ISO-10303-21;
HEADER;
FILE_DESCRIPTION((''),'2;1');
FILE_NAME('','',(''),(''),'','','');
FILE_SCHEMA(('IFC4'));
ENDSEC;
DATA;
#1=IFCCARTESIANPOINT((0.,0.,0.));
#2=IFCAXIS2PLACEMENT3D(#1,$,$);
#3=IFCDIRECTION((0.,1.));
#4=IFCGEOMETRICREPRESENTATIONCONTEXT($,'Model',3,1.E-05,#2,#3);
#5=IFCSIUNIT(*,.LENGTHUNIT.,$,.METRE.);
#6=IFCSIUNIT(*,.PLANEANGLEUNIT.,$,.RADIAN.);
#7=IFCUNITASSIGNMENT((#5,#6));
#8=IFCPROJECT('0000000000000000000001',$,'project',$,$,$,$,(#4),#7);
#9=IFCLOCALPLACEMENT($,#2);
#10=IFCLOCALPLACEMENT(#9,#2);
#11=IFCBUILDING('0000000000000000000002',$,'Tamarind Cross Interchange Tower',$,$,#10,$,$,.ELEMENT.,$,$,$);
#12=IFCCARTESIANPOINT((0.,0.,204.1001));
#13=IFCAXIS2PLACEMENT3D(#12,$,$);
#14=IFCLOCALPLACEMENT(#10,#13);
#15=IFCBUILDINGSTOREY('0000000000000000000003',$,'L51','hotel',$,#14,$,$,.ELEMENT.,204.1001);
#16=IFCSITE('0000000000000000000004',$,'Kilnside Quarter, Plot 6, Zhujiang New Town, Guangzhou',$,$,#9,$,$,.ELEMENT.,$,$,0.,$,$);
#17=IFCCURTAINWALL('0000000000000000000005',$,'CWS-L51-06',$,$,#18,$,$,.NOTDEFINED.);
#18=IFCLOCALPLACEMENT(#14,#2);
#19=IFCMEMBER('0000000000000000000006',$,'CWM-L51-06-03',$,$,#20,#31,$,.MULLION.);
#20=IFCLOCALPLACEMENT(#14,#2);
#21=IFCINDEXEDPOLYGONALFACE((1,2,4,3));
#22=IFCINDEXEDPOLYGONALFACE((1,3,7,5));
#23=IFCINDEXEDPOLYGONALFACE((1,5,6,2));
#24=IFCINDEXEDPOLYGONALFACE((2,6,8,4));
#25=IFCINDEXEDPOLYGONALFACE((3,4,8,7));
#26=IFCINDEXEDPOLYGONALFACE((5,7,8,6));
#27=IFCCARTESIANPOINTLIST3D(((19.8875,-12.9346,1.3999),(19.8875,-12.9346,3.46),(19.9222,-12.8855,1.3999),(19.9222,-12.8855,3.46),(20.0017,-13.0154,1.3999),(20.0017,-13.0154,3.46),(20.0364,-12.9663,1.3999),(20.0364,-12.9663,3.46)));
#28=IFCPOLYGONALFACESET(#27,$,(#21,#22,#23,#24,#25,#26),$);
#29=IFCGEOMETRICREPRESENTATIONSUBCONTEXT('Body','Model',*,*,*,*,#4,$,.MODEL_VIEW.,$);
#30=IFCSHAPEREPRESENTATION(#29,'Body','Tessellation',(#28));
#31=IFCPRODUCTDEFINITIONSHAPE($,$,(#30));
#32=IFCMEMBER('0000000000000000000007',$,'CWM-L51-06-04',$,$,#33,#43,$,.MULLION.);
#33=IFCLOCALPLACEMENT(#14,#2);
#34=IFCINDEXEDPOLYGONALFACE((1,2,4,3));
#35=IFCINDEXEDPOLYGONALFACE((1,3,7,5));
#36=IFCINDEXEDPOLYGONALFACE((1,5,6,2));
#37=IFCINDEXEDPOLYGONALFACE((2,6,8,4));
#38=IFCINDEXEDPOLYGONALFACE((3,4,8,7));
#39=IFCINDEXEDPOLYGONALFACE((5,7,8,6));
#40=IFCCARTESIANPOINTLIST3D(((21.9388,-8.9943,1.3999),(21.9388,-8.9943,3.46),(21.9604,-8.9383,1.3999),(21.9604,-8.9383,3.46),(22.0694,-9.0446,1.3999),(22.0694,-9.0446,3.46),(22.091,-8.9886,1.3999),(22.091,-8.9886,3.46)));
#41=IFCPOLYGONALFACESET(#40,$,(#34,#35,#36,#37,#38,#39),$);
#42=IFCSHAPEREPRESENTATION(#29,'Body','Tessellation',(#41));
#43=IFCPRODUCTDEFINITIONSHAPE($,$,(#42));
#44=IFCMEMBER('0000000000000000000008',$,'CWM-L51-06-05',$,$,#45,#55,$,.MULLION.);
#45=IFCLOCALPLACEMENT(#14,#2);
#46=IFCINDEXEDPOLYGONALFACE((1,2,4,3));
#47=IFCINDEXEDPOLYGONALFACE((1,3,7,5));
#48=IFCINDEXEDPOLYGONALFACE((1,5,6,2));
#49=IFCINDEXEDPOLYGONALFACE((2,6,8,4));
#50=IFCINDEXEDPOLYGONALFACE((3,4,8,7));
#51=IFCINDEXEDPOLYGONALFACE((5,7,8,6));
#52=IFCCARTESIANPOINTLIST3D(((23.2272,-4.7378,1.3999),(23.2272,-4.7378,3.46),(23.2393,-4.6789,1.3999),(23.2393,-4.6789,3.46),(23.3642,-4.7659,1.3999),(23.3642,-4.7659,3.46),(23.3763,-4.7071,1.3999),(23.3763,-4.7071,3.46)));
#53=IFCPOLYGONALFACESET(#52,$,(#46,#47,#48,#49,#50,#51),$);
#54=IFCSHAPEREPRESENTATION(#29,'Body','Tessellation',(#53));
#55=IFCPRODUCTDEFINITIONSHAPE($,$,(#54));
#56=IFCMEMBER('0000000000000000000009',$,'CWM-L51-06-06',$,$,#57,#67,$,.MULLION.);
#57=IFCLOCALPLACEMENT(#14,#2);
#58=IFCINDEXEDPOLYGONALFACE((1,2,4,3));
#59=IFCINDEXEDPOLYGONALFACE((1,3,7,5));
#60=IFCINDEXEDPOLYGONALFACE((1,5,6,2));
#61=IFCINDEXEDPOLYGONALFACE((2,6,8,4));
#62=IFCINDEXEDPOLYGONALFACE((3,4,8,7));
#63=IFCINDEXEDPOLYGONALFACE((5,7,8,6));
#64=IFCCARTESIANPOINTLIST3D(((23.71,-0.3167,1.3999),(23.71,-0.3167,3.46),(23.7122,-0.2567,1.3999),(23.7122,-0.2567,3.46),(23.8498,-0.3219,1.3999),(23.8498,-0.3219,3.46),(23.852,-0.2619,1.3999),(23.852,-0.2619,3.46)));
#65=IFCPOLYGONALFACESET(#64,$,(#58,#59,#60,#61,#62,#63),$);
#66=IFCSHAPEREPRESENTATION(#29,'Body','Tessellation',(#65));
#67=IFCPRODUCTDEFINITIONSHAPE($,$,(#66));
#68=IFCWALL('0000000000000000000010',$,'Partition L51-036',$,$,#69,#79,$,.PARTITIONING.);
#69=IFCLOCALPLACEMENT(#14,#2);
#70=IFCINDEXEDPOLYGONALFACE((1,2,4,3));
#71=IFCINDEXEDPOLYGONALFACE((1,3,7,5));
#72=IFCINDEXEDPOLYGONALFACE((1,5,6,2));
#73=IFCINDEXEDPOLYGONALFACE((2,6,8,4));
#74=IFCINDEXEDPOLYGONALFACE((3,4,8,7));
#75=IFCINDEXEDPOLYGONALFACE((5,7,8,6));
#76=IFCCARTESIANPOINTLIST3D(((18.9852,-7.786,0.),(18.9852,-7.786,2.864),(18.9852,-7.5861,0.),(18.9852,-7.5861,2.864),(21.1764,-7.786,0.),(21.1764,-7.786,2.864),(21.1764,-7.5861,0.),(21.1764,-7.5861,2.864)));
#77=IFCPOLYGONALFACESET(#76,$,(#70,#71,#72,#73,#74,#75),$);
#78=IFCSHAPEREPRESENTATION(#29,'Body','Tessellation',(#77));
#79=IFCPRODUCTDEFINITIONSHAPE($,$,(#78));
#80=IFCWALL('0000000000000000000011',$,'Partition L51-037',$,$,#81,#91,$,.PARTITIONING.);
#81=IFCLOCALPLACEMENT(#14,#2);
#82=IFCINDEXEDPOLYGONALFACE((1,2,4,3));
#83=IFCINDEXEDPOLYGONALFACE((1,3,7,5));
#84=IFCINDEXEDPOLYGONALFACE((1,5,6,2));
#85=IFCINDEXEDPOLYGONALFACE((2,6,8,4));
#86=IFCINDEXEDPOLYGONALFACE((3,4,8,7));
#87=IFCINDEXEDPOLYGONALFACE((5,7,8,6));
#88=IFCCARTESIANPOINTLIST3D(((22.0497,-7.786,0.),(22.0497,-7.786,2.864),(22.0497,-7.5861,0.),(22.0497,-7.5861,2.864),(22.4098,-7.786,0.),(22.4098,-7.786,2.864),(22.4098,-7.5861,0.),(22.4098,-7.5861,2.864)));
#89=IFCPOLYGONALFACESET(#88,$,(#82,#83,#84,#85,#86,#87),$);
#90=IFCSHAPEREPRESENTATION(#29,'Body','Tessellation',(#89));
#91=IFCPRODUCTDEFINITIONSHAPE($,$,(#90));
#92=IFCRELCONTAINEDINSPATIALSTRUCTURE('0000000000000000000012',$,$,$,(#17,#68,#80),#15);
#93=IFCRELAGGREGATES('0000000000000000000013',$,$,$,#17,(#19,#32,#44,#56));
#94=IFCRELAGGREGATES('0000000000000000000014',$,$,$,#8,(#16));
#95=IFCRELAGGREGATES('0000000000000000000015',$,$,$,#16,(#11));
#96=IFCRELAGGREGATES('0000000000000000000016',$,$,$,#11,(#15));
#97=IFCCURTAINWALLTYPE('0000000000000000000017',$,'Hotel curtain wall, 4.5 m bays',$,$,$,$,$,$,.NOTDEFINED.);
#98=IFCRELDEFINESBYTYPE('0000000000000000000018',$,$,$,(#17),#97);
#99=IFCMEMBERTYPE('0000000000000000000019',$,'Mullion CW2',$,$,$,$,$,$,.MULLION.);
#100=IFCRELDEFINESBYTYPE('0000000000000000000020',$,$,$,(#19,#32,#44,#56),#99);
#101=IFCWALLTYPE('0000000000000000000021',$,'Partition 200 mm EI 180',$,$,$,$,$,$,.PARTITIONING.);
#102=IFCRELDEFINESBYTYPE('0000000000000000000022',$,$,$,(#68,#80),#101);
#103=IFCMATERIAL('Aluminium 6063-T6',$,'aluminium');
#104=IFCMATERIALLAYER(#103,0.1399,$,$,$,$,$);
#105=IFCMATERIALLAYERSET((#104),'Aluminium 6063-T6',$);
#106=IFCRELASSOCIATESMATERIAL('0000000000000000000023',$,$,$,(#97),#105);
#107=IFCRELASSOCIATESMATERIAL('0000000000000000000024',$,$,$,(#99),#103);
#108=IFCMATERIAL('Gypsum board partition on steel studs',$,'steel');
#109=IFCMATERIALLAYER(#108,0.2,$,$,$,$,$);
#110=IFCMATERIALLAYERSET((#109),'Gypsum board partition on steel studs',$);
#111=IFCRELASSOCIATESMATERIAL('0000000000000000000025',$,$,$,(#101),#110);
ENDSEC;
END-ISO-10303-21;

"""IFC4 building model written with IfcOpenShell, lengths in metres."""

from ifc_helpers import new_model, si_unit, direction, frame, frame_2d, origin, origin_2d, place, context, subcontext, project, spatial, rectangle, extrude, material, layer, layer_set, material_profile, profile_set, type_object, element, aggregate, save


model = new_model("IFC4")

# Units and contexts
model_context = context("Model", 3, precision=1e-05, world=origin(), true_north=direction((0.0, 1.0)))
body_context = subcontext(model_context, "Body", "Model", "MODEL_VIEW")
ifc_project = project(units=[si_unit("LENGTHUNIT", "METRE"), si_unit("PLANEANGLEUNIT", "RADIAN")], contexts=[model_context])

# Site, building, storey
site_placement = place(None, origin())
site = spatial("IfcSite", under=ifc_project, at=site_placement, Name="Kilnside Quarter, Plot 6, Zhujiang New Town, Guangzhou", CompositionType="ELEMENT", RefElevation=0.0)
building_placement = place(site_placement, origin())
building = spatial("IfcBuilding", under=site, at=building_placement, Name="Tamarind Cross Interchange Tower", CompositionType="ELEMENT")
storey_placement = place(building_placement, frame((0.0, 0.0, 204.1001)))
storey = spatial("IfcBuildingStorey", under=building, at=storey_placement, Name="L51", Description="hotel", CompositionType="ELEMENT", Elevation=204.1001)

# Curtain wall, members
ifc_material_1 = material(Name="Aluminium 6063-T6", Category="aluminium")
ifc_layer_1 = layer(ifc_material_1, 0.1399)
ifc_layer_set_1 = layer_set([ifc_layer_1], Name="Aluminium 6063-T6")
curtain_wall_type = type_object("IfcCurtainWallType", Name="Hotel curtain wall, 4.5 m bays", PredefinedType="NOTDEFINED", material=ifc_layer_set_1)
curtain_wall_placement = place(storey_placement, origin())
curtain_wall = element("IfcCurtainWall", 1, at=curtain_wall_placement, inside=storey, type_object=curtain_wall_type, Name="CWS-L51-06", PredefinedType="NOTDEFINED")
ifc_material_profile_1 = material_profile(ifc_material_1, rectangle(XDim=0.0601, YDim=0.1399, at=origin_2d()), Name="Mullion CW2")
ifc_profile_set_1 = profile_set([ifc_material_profile_1], Name="Aluminium 6063-T6")
member_type = type_object("IfcMemberType", Name="Mullion CW2", PredefinedType="MULLION", material=ifc_profile_set_1)
member_1_placement = place(storey_placement, frame((19.9619, -12.9504, 1.3999), z_axis=(0.0, 0.0, 1.0), x_axis=(0.577569, 0.816342, 0.0)))
member_1 = element("IfcMember", 2, at=member_1_placement, type_object=member_type, Name="CWM-L51-06-03", PredefinedType="MULLION", context=body_context, shape_type="SweptSolid", body=[
    extrude(rectangle(XDim=0.0601, YDim=0.1399, at=origin_2d()), origin(), (0.0, 0.0, 1.0), 2.0601),
])
member_2_placement = place(storey_placement, frame((22.0149, -8.9915, 1.3999), z_axis=(0.0, 0.0, 1.0), x_axis=(0.359495, 0.933147, 0.0)))
member_2 = element("IfcMember", 3, at=member_2_placement, type_object=member_type, Name="CWM-L51-06-04", PredefinedType="MULLION", context=body_context, shape_type="SweptSolid", body=[
    extrude(rectangle(XDim=0.0601, YDim=0.1399, at=origin_2d()), origin(), (0.0, 0.0, 1.0), 2.0601),
])
member_3_placement = place(storey_placement, frame((23.3018, -4.7224, 1.3999), z_axis=(0.0, 0.0, 1.0), x_axis=(0.201001, 0.979591, 0.0)))
member_3 = element("IfcMember", 4, at=member_3_placement, type_object=member_type, Name="CWM-L51-06-05", PredefinedType="MULLION", context=body_context, shape_type="SweptSolid", body=[
    extrude(rectangle(XDim=0.0601, YDim=0.1399, at=origin_2d()), origin(), (0.0, 0.0, 1.0), 2.0601),
])
member_4_placement = place(storey_placement, frame((23.781, -0.2893, 1.3999), z_axis=(0.0, 0.0, 1.0), x_axis=(0.037025, 0.999314, 0.0)))
member_4 = element("IfcMember", 5, at=member_4_placement, type_object=member_type, Name="CWM-L51-06-06", PredefinedType="MULLION", context=body_context, shape_type="SweptSolid", body=[
    extrude(rectangle(XDim=0.0601, YDim=0.1399, at=origin_2d()), origin(), (0.0, 0.0, 1.0), 2.0601),
])
aggregate(curtain_wall, [member_1, member_2, member_3, member_4])

# Walls
ifc_material_2 = material(Name="Gypsum board partition on steel studs", Category="steel")
ifc_layer_2 = layer(ifc_material_2, 0.2)
ifc_layer_set_2 = layer_set([ifc_layer_2], Name="Gypsum board partition on steel studs")
wall_type = type_object("IfcWallType", Name="Partition 200 mm EI 180", PredefinedType="PARTITIONING", material=ifc_layer_set_2)
wall_1_placement = place(storey_placement, frame((18.9851, -7.686, 0.0), z_axis=(0.0, 0.0, 1.0), x_axis=(1.0, 0.0, 0.0)))
element("IfcWall", 6, at=wall_1_placement, inside=storey, type_object=wall_type, Name="Partition L51-036", PredefinedType="PARTITIONING", context=body_context, shape_type="SweptSolid", body=[
    extrude(rectangle(XDim=2.1912, YDim=0.2, at=frame_2d((1.0957, 0.0))), origin(), (0.0, 0.0, 1.0), 2.864),
])
wall_2_placement = place(storey_placement, frame((22.0496, -7.686, 0.0), z_axis=(0.0, 0.0, 1.0), x_axis=(1.0, 0.0, 0.0)))
element("IfcWall", 7, at=wall_2_placement, inside=storey, type_object=wall_type, Name="Partition L51-037", PredefinedType="PARTITIONING", context=body_context, shape_type="SweptSolid", body=[
    extrude(rectangle(XDim=0.3601, YDim=0.2, at=frame_2d((0.1802, 0.0))), origin(), (0.0, 0.0, 1.0), 2.864),
])

save(model, "model.ifc")
